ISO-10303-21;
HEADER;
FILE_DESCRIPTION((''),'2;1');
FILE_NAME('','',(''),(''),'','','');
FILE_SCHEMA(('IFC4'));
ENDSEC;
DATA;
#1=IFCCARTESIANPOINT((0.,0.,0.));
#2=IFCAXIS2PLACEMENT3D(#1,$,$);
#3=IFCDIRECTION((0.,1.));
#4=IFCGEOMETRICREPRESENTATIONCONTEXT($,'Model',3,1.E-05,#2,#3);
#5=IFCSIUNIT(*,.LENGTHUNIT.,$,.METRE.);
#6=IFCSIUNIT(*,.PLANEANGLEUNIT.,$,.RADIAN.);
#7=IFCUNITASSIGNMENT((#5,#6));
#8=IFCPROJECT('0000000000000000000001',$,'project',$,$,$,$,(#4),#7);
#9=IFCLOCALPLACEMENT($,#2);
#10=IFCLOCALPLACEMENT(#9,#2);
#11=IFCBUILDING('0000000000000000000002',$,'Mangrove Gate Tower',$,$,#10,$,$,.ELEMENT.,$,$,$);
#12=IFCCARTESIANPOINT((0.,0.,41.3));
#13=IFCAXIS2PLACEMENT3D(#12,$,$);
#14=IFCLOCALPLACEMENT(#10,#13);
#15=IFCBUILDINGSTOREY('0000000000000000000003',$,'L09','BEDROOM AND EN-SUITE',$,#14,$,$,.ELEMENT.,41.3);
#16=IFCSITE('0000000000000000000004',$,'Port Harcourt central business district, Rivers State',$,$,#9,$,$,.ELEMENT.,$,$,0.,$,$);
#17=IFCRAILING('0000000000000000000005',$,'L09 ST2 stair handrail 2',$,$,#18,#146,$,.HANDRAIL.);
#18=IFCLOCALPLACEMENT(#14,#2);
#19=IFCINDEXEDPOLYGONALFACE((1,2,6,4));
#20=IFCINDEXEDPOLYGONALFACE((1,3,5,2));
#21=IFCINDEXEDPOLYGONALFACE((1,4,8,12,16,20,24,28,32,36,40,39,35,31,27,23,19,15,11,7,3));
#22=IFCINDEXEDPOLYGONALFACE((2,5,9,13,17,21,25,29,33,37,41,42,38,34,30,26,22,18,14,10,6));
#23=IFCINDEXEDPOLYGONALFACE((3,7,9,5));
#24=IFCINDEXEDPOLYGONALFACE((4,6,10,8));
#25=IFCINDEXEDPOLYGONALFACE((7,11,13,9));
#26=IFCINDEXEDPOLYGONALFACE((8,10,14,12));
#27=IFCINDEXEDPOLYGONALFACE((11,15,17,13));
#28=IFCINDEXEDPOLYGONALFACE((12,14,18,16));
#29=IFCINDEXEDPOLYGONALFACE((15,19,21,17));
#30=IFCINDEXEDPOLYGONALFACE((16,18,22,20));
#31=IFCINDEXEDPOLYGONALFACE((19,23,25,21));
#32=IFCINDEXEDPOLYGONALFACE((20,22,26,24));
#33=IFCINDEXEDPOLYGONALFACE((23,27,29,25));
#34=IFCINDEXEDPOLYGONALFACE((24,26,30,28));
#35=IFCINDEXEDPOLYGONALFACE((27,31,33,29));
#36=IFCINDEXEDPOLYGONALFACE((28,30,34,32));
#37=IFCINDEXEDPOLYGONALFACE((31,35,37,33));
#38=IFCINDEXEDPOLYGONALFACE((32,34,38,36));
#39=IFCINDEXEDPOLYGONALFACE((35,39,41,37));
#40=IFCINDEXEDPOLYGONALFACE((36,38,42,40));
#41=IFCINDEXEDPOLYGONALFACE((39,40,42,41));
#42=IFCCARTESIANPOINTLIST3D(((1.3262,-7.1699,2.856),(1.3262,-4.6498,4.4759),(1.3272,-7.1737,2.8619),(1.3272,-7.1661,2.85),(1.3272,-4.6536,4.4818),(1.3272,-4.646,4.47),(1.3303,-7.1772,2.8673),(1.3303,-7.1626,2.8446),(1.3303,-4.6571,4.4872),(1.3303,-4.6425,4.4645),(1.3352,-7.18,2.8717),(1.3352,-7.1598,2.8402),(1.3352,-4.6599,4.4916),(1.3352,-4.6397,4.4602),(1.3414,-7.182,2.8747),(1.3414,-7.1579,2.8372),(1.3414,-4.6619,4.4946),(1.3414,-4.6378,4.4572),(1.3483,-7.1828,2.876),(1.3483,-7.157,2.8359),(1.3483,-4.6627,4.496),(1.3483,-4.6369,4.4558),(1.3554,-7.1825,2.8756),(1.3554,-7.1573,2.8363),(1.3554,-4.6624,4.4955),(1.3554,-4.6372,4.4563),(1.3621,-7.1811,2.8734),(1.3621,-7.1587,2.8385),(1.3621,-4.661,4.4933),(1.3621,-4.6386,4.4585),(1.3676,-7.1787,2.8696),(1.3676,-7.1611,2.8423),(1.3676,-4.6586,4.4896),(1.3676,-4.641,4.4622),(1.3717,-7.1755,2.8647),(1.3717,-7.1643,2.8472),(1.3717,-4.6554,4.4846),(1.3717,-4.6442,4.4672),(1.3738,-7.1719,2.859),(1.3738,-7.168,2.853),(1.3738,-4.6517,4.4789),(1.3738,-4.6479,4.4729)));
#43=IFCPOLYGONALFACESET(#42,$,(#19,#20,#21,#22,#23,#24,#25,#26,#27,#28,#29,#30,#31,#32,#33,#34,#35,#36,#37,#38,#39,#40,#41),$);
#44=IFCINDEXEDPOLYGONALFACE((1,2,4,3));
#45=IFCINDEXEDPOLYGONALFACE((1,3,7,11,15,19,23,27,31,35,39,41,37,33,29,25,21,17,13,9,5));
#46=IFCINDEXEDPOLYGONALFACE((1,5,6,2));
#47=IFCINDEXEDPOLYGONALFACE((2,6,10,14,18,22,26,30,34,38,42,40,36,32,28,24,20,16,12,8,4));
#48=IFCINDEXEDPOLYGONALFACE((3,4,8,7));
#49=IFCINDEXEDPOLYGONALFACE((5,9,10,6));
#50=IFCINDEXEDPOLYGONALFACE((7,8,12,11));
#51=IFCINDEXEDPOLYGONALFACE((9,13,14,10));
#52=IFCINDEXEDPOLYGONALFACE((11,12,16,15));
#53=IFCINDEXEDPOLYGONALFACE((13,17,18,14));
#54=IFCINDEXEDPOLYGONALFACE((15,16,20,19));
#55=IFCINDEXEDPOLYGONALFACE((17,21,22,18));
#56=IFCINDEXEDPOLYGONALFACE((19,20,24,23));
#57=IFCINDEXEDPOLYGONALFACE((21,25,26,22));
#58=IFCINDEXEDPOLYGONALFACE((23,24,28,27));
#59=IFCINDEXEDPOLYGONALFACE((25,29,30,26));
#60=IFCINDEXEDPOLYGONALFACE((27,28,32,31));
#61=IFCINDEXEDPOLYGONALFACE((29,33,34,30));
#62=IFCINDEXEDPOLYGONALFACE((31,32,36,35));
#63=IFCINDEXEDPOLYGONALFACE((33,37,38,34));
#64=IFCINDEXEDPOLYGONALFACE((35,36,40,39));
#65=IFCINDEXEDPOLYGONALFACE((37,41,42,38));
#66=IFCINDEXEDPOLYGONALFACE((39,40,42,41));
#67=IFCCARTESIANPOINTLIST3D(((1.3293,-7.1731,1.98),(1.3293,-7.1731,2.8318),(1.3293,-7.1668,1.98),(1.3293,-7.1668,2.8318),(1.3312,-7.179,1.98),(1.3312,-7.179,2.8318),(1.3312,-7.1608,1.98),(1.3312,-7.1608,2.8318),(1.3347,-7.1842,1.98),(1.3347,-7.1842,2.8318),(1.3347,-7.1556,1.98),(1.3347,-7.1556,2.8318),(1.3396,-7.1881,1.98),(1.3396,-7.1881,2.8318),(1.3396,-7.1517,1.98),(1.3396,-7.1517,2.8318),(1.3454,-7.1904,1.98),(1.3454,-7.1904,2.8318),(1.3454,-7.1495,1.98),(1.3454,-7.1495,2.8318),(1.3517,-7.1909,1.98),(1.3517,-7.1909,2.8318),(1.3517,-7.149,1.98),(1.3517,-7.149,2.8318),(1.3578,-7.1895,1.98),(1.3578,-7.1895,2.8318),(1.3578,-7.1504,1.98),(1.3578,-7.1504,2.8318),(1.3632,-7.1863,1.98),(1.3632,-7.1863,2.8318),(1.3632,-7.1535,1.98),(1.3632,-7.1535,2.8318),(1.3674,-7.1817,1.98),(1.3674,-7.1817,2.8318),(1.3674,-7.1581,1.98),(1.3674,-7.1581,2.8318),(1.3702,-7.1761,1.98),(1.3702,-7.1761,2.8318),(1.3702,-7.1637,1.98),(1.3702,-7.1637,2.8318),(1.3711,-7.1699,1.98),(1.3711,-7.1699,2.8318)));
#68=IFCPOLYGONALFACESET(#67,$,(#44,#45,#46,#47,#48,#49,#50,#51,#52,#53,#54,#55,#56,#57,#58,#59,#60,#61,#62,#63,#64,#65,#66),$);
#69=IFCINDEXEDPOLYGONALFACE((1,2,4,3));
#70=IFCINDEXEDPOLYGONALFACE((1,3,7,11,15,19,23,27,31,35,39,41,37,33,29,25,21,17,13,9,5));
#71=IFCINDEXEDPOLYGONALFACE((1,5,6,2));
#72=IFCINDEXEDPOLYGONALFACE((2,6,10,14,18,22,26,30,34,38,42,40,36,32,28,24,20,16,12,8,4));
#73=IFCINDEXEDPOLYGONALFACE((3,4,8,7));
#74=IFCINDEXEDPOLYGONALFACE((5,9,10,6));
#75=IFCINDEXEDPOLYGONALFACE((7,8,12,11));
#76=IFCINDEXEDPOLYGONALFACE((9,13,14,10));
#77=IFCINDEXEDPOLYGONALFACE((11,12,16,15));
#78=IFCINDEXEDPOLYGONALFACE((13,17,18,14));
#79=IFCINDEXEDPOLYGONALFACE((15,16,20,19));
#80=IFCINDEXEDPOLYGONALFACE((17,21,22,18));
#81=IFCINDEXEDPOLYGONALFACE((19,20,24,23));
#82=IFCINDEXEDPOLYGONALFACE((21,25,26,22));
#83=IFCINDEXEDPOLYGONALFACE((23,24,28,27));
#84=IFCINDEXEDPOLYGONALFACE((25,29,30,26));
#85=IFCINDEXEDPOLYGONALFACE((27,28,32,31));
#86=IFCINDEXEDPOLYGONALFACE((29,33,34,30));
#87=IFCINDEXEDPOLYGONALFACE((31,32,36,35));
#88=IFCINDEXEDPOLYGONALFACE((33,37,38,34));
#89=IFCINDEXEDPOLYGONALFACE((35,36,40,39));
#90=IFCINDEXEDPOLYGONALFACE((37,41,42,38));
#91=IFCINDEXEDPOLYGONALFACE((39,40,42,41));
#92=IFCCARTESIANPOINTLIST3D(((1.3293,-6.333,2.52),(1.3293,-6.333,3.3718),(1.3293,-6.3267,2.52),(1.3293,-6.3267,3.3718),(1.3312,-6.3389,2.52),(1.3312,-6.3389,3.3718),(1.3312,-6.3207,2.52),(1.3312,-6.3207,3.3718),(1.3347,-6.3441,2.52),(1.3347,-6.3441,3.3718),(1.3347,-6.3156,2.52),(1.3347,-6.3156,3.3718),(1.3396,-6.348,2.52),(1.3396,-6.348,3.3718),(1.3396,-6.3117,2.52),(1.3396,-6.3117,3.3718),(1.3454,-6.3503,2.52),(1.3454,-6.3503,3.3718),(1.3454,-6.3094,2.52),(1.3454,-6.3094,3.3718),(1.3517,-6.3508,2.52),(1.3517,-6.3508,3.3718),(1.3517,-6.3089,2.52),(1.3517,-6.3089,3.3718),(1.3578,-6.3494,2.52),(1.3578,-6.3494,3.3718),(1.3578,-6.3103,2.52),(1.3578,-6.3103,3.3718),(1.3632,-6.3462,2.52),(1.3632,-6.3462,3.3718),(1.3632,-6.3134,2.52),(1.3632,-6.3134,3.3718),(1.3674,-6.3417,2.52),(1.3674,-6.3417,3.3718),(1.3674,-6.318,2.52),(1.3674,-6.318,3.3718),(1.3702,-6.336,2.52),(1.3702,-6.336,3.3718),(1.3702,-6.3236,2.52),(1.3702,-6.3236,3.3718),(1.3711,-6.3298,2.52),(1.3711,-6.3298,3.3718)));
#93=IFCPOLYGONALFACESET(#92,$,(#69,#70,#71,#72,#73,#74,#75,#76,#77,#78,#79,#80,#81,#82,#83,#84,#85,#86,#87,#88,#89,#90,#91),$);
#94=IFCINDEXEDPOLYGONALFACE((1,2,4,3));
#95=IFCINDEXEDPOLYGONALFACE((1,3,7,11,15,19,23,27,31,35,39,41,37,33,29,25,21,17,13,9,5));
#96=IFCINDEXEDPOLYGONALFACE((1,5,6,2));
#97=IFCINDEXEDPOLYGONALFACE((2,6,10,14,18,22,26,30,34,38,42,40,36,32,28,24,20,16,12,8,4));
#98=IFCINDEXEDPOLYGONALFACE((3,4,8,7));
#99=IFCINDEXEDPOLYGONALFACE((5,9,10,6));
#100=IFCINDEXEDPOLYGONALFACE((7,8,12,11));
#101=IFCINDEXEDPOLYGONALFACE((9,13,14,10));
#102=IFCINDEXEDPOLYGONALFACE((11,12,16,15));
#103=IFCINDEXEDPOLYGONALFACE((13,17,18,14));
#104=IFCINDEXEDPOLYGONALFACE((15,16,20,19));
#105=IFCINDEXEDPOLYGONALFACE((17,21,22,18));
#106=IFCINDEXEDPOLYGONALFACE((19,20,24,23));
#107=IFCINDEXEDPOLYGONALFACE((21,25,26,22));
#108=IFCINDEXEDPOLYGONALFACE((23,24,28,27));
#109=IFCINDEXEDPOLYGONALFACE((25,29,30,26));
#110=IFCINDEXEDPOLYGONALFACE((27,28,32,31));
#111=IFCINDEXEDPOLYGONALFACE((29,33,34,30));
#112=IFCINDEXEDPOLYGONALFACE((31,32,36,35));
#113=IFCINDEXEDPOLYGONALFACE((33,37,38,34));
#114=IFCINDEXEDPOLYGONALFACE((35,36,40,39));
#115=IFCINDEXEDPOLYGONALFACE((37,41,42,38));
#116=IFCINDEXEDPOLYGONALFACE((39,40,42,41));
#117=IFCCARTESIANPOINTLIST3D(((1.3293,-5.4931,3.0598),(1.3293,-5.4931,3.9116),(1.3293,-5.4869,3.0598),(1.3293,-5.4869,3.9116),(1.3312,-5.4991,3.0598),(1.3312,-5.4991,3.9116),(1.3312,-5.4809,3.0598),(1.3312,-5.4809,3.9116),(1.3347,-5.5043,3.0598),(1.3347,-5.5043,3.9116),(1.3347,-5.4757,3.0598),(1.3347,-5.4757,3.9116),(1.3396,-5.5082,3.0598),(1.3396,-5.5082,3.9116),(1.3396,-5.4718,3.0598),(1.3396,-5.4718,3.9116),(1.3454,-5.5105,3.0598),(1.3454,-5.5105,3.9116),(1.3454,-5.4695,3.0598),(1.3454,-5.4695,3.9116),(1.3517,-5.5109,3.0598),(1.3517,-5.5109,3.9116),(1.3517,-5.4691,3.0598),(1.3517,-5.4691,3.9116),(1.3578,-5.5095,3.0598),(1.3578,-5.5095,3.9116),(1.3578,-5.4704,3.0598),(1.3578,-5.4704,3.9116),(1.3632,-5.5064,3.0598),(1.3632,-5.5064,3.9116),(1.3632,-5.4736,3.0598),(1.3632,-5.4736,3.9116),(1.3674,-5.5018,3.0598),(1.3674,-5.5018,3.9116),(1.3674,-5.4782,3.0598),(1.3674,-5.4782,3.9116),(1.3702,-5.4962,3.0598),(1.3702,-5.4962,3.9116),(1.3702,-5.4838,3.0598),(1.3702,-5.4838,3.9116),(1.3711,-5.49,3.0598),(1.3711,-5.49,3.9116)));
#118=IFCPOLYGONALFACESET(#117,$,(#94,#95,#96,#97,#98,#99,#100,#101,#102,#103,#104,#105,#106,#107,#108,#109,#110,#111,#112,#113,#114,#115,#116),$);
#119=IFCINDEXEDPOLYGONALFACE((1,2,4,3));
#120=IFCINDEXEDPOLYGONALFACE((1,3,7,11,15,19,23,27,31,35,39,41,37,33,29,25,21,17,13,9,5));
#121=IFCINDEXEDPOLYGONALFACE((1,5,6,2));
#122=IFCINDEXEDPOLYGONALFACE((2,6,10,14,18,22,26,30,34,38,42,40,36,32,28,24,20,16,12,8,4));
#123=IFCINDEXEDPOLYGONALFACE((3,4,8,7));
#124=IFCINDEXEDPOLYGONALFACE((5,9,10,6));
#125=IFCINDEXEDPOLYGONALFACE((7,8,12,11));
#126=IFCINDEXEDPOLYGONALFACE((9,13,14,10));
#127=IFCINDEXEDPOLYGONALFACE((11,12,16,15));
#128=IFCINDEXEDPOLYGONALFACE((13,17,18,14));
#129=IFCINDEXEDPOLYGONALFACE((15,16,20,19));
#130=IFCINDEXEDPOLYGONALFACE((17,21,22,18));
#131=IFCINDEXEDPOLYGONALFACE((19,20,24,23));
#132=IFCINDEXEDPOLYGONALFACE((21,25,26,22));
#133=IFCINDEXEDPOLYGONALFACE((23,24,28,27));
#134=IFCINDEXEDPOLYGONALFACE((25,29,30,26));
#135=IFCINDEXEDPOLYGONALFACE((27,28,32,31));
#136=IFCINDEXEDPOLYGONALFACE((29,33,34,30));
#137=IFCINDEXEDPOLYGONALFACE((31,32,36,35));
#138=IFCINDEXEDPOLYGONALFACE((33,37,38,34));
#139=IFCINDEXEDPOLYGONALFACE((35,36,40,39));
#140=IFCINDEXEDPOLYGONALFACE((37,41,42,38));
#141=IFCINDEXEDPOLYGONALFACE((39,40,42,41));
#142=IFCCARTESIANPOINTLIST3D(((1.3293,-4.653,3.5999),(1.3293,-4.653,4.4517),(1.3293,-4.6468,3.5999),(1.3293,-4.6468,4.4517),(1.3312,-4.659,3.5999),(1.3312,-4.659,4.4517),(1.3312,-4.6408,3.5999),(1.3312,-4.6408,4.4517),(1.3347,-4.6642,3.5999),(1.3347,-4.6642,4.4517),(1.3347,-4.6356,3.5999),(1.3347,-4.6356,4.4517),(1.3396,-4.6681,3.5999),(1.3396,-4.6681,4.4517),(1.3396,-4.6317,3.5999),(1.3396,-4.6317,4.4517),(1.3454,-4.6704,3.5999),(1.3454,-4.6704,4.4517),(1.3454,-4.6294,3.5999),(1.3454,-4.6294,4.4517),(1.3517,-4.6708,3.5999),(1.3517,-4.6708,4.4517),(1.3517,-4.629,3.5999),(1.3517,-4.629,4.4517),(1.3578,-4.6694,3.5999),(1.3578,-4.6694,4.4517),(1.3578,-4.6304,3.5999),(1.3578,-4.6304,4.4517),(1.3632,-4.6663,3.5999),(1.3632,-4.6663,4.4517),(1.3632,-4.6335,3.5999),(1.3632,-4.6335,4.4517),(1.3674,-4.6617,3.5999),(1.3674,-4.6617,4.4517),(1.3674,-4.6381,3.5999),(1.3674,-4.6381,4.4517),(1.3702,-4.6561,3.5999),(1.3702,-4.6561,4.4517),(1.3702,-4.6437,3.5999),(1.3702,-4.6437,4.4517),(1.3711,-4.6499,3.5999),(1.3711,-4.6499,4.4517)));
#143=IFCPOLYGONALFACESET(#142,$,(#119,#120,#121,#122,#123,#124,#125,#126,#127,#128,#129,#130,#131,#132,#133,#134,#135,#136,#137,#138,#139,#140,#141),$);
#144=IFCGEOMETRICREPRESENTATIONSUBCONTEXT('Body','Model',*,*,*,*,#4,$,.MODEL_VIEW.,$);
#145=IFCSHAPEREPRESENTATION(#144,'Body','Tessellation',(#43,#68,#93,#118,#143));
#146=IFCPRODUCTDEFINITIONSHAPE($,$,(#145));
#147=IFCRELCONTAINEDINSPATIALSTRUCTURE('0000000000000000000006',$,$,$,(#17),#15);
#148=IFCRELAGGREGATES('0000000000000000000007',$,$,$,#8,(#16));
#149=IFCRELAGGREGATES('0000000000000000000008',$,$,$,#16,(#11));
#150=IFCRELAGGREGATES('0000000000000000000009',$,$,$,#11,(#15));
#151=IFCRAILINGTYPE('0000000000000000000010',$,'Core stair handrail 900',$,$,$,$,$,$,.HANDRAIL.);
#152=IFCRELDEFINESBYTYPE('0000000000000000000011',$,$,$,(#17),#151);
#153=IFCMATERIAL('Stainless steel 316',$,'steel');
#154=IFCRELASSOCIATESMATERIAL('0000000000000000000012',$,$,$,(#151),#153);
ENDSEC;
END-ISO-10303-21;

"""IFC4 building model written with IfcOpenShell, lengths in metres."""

from ifc_helpers import new_model, si_unit, direction, frame, origin, origin_2d, place, context, subcontext, project, spatial, circle, extrude, material, type_object, element, save


model = new_model("IFC4")

# Units and contexts
model_context = context("Model", 3, precision=1e-05, world=origin(), true_north=direction((0.0, 1.0)))
body_context = subcontext(model_context, "Body", "Model", "MODEL_VIEW")
ifc_project = project(units=[si_unit("LENGTHUNIT", "METRE"), si_unit("PLANEANGLEUNIT", "RADIAN")], contexts=[model_context])

# Site, building, storey
site_placement = place(None, origin())
site = spatial("IfcSite", under=ifc_project, at=site_placement, Name="Port Harcourt central business district, Rivers State", CompositionType="ELEMENT", RefElevation=0.0)
building_placement = place(site_placement, origin())
building = spatial("IfcBuilding", under=site, at=building_placement, Name="Mangrove Gate Tower", CompositionType="ELEMENT")
storey_placement = place(building_placement, frame((0.0, 0.0, 41.3)))
storey = spatial("IfcBuildingStorey", under=building, at=storey_placement, Name="L09", Description="BEDROOM AND EN-SUITE", CompositionType="ELEMENT", Elevation=41.3)

# Railing
ifc_material_1 = material(Name="Stainless steel 316", Category="steel")
railing_type_1 = type_object("IfcRailingType", Name="Core stair handrail 900", PredefinedType="HANDRAIL", material=ifc_material_1)
railing_1_placement = place(storey_placement, frame((1.3501, -7.1699, 1.98)))
element("IfcRailing", 1, at=railing_1_placement, inside=storey, type_object=railing_type_1, Name="L09 ST2 stair handrail 2", PredefinedType="HANDRAIL", context=body_context, shape_type="SweptSolid", body=[
    extrude(circle(Radius=0.0239, at=origin_2d()), frame((0.0, 0.0, 0.876), z_axis=(0.0, 0.8412, 0.540725), x_axis=(-1.0, 0.0, 0.0)), (0.0, 0.0, 1.0), 2.9958),
    extrude(circle(Radius=0.021, at=origin_2d()), origin(), (0.0, 0.0, 1.0), 0.8518),
    extrude(circle(Radius=0.021, at=origin_2d()), frame((0.0, 0.8401, 0.54)), (0.0, 0.0, 1.0), 0.8518),
    extrude(circle(Radius=0.021, at=origin_2d()), frame((0.0, 1.6799, 1.0798)), (0.0, 0.0, 1.0), 0.8518),
    extrude(circle(Radius=0.021, at=origin_2d()), frame((0.0, 2.52, 1.6199)), (0.0, 0.0, 1.0), 0.8518),
])

save(model, "model.ifc")
